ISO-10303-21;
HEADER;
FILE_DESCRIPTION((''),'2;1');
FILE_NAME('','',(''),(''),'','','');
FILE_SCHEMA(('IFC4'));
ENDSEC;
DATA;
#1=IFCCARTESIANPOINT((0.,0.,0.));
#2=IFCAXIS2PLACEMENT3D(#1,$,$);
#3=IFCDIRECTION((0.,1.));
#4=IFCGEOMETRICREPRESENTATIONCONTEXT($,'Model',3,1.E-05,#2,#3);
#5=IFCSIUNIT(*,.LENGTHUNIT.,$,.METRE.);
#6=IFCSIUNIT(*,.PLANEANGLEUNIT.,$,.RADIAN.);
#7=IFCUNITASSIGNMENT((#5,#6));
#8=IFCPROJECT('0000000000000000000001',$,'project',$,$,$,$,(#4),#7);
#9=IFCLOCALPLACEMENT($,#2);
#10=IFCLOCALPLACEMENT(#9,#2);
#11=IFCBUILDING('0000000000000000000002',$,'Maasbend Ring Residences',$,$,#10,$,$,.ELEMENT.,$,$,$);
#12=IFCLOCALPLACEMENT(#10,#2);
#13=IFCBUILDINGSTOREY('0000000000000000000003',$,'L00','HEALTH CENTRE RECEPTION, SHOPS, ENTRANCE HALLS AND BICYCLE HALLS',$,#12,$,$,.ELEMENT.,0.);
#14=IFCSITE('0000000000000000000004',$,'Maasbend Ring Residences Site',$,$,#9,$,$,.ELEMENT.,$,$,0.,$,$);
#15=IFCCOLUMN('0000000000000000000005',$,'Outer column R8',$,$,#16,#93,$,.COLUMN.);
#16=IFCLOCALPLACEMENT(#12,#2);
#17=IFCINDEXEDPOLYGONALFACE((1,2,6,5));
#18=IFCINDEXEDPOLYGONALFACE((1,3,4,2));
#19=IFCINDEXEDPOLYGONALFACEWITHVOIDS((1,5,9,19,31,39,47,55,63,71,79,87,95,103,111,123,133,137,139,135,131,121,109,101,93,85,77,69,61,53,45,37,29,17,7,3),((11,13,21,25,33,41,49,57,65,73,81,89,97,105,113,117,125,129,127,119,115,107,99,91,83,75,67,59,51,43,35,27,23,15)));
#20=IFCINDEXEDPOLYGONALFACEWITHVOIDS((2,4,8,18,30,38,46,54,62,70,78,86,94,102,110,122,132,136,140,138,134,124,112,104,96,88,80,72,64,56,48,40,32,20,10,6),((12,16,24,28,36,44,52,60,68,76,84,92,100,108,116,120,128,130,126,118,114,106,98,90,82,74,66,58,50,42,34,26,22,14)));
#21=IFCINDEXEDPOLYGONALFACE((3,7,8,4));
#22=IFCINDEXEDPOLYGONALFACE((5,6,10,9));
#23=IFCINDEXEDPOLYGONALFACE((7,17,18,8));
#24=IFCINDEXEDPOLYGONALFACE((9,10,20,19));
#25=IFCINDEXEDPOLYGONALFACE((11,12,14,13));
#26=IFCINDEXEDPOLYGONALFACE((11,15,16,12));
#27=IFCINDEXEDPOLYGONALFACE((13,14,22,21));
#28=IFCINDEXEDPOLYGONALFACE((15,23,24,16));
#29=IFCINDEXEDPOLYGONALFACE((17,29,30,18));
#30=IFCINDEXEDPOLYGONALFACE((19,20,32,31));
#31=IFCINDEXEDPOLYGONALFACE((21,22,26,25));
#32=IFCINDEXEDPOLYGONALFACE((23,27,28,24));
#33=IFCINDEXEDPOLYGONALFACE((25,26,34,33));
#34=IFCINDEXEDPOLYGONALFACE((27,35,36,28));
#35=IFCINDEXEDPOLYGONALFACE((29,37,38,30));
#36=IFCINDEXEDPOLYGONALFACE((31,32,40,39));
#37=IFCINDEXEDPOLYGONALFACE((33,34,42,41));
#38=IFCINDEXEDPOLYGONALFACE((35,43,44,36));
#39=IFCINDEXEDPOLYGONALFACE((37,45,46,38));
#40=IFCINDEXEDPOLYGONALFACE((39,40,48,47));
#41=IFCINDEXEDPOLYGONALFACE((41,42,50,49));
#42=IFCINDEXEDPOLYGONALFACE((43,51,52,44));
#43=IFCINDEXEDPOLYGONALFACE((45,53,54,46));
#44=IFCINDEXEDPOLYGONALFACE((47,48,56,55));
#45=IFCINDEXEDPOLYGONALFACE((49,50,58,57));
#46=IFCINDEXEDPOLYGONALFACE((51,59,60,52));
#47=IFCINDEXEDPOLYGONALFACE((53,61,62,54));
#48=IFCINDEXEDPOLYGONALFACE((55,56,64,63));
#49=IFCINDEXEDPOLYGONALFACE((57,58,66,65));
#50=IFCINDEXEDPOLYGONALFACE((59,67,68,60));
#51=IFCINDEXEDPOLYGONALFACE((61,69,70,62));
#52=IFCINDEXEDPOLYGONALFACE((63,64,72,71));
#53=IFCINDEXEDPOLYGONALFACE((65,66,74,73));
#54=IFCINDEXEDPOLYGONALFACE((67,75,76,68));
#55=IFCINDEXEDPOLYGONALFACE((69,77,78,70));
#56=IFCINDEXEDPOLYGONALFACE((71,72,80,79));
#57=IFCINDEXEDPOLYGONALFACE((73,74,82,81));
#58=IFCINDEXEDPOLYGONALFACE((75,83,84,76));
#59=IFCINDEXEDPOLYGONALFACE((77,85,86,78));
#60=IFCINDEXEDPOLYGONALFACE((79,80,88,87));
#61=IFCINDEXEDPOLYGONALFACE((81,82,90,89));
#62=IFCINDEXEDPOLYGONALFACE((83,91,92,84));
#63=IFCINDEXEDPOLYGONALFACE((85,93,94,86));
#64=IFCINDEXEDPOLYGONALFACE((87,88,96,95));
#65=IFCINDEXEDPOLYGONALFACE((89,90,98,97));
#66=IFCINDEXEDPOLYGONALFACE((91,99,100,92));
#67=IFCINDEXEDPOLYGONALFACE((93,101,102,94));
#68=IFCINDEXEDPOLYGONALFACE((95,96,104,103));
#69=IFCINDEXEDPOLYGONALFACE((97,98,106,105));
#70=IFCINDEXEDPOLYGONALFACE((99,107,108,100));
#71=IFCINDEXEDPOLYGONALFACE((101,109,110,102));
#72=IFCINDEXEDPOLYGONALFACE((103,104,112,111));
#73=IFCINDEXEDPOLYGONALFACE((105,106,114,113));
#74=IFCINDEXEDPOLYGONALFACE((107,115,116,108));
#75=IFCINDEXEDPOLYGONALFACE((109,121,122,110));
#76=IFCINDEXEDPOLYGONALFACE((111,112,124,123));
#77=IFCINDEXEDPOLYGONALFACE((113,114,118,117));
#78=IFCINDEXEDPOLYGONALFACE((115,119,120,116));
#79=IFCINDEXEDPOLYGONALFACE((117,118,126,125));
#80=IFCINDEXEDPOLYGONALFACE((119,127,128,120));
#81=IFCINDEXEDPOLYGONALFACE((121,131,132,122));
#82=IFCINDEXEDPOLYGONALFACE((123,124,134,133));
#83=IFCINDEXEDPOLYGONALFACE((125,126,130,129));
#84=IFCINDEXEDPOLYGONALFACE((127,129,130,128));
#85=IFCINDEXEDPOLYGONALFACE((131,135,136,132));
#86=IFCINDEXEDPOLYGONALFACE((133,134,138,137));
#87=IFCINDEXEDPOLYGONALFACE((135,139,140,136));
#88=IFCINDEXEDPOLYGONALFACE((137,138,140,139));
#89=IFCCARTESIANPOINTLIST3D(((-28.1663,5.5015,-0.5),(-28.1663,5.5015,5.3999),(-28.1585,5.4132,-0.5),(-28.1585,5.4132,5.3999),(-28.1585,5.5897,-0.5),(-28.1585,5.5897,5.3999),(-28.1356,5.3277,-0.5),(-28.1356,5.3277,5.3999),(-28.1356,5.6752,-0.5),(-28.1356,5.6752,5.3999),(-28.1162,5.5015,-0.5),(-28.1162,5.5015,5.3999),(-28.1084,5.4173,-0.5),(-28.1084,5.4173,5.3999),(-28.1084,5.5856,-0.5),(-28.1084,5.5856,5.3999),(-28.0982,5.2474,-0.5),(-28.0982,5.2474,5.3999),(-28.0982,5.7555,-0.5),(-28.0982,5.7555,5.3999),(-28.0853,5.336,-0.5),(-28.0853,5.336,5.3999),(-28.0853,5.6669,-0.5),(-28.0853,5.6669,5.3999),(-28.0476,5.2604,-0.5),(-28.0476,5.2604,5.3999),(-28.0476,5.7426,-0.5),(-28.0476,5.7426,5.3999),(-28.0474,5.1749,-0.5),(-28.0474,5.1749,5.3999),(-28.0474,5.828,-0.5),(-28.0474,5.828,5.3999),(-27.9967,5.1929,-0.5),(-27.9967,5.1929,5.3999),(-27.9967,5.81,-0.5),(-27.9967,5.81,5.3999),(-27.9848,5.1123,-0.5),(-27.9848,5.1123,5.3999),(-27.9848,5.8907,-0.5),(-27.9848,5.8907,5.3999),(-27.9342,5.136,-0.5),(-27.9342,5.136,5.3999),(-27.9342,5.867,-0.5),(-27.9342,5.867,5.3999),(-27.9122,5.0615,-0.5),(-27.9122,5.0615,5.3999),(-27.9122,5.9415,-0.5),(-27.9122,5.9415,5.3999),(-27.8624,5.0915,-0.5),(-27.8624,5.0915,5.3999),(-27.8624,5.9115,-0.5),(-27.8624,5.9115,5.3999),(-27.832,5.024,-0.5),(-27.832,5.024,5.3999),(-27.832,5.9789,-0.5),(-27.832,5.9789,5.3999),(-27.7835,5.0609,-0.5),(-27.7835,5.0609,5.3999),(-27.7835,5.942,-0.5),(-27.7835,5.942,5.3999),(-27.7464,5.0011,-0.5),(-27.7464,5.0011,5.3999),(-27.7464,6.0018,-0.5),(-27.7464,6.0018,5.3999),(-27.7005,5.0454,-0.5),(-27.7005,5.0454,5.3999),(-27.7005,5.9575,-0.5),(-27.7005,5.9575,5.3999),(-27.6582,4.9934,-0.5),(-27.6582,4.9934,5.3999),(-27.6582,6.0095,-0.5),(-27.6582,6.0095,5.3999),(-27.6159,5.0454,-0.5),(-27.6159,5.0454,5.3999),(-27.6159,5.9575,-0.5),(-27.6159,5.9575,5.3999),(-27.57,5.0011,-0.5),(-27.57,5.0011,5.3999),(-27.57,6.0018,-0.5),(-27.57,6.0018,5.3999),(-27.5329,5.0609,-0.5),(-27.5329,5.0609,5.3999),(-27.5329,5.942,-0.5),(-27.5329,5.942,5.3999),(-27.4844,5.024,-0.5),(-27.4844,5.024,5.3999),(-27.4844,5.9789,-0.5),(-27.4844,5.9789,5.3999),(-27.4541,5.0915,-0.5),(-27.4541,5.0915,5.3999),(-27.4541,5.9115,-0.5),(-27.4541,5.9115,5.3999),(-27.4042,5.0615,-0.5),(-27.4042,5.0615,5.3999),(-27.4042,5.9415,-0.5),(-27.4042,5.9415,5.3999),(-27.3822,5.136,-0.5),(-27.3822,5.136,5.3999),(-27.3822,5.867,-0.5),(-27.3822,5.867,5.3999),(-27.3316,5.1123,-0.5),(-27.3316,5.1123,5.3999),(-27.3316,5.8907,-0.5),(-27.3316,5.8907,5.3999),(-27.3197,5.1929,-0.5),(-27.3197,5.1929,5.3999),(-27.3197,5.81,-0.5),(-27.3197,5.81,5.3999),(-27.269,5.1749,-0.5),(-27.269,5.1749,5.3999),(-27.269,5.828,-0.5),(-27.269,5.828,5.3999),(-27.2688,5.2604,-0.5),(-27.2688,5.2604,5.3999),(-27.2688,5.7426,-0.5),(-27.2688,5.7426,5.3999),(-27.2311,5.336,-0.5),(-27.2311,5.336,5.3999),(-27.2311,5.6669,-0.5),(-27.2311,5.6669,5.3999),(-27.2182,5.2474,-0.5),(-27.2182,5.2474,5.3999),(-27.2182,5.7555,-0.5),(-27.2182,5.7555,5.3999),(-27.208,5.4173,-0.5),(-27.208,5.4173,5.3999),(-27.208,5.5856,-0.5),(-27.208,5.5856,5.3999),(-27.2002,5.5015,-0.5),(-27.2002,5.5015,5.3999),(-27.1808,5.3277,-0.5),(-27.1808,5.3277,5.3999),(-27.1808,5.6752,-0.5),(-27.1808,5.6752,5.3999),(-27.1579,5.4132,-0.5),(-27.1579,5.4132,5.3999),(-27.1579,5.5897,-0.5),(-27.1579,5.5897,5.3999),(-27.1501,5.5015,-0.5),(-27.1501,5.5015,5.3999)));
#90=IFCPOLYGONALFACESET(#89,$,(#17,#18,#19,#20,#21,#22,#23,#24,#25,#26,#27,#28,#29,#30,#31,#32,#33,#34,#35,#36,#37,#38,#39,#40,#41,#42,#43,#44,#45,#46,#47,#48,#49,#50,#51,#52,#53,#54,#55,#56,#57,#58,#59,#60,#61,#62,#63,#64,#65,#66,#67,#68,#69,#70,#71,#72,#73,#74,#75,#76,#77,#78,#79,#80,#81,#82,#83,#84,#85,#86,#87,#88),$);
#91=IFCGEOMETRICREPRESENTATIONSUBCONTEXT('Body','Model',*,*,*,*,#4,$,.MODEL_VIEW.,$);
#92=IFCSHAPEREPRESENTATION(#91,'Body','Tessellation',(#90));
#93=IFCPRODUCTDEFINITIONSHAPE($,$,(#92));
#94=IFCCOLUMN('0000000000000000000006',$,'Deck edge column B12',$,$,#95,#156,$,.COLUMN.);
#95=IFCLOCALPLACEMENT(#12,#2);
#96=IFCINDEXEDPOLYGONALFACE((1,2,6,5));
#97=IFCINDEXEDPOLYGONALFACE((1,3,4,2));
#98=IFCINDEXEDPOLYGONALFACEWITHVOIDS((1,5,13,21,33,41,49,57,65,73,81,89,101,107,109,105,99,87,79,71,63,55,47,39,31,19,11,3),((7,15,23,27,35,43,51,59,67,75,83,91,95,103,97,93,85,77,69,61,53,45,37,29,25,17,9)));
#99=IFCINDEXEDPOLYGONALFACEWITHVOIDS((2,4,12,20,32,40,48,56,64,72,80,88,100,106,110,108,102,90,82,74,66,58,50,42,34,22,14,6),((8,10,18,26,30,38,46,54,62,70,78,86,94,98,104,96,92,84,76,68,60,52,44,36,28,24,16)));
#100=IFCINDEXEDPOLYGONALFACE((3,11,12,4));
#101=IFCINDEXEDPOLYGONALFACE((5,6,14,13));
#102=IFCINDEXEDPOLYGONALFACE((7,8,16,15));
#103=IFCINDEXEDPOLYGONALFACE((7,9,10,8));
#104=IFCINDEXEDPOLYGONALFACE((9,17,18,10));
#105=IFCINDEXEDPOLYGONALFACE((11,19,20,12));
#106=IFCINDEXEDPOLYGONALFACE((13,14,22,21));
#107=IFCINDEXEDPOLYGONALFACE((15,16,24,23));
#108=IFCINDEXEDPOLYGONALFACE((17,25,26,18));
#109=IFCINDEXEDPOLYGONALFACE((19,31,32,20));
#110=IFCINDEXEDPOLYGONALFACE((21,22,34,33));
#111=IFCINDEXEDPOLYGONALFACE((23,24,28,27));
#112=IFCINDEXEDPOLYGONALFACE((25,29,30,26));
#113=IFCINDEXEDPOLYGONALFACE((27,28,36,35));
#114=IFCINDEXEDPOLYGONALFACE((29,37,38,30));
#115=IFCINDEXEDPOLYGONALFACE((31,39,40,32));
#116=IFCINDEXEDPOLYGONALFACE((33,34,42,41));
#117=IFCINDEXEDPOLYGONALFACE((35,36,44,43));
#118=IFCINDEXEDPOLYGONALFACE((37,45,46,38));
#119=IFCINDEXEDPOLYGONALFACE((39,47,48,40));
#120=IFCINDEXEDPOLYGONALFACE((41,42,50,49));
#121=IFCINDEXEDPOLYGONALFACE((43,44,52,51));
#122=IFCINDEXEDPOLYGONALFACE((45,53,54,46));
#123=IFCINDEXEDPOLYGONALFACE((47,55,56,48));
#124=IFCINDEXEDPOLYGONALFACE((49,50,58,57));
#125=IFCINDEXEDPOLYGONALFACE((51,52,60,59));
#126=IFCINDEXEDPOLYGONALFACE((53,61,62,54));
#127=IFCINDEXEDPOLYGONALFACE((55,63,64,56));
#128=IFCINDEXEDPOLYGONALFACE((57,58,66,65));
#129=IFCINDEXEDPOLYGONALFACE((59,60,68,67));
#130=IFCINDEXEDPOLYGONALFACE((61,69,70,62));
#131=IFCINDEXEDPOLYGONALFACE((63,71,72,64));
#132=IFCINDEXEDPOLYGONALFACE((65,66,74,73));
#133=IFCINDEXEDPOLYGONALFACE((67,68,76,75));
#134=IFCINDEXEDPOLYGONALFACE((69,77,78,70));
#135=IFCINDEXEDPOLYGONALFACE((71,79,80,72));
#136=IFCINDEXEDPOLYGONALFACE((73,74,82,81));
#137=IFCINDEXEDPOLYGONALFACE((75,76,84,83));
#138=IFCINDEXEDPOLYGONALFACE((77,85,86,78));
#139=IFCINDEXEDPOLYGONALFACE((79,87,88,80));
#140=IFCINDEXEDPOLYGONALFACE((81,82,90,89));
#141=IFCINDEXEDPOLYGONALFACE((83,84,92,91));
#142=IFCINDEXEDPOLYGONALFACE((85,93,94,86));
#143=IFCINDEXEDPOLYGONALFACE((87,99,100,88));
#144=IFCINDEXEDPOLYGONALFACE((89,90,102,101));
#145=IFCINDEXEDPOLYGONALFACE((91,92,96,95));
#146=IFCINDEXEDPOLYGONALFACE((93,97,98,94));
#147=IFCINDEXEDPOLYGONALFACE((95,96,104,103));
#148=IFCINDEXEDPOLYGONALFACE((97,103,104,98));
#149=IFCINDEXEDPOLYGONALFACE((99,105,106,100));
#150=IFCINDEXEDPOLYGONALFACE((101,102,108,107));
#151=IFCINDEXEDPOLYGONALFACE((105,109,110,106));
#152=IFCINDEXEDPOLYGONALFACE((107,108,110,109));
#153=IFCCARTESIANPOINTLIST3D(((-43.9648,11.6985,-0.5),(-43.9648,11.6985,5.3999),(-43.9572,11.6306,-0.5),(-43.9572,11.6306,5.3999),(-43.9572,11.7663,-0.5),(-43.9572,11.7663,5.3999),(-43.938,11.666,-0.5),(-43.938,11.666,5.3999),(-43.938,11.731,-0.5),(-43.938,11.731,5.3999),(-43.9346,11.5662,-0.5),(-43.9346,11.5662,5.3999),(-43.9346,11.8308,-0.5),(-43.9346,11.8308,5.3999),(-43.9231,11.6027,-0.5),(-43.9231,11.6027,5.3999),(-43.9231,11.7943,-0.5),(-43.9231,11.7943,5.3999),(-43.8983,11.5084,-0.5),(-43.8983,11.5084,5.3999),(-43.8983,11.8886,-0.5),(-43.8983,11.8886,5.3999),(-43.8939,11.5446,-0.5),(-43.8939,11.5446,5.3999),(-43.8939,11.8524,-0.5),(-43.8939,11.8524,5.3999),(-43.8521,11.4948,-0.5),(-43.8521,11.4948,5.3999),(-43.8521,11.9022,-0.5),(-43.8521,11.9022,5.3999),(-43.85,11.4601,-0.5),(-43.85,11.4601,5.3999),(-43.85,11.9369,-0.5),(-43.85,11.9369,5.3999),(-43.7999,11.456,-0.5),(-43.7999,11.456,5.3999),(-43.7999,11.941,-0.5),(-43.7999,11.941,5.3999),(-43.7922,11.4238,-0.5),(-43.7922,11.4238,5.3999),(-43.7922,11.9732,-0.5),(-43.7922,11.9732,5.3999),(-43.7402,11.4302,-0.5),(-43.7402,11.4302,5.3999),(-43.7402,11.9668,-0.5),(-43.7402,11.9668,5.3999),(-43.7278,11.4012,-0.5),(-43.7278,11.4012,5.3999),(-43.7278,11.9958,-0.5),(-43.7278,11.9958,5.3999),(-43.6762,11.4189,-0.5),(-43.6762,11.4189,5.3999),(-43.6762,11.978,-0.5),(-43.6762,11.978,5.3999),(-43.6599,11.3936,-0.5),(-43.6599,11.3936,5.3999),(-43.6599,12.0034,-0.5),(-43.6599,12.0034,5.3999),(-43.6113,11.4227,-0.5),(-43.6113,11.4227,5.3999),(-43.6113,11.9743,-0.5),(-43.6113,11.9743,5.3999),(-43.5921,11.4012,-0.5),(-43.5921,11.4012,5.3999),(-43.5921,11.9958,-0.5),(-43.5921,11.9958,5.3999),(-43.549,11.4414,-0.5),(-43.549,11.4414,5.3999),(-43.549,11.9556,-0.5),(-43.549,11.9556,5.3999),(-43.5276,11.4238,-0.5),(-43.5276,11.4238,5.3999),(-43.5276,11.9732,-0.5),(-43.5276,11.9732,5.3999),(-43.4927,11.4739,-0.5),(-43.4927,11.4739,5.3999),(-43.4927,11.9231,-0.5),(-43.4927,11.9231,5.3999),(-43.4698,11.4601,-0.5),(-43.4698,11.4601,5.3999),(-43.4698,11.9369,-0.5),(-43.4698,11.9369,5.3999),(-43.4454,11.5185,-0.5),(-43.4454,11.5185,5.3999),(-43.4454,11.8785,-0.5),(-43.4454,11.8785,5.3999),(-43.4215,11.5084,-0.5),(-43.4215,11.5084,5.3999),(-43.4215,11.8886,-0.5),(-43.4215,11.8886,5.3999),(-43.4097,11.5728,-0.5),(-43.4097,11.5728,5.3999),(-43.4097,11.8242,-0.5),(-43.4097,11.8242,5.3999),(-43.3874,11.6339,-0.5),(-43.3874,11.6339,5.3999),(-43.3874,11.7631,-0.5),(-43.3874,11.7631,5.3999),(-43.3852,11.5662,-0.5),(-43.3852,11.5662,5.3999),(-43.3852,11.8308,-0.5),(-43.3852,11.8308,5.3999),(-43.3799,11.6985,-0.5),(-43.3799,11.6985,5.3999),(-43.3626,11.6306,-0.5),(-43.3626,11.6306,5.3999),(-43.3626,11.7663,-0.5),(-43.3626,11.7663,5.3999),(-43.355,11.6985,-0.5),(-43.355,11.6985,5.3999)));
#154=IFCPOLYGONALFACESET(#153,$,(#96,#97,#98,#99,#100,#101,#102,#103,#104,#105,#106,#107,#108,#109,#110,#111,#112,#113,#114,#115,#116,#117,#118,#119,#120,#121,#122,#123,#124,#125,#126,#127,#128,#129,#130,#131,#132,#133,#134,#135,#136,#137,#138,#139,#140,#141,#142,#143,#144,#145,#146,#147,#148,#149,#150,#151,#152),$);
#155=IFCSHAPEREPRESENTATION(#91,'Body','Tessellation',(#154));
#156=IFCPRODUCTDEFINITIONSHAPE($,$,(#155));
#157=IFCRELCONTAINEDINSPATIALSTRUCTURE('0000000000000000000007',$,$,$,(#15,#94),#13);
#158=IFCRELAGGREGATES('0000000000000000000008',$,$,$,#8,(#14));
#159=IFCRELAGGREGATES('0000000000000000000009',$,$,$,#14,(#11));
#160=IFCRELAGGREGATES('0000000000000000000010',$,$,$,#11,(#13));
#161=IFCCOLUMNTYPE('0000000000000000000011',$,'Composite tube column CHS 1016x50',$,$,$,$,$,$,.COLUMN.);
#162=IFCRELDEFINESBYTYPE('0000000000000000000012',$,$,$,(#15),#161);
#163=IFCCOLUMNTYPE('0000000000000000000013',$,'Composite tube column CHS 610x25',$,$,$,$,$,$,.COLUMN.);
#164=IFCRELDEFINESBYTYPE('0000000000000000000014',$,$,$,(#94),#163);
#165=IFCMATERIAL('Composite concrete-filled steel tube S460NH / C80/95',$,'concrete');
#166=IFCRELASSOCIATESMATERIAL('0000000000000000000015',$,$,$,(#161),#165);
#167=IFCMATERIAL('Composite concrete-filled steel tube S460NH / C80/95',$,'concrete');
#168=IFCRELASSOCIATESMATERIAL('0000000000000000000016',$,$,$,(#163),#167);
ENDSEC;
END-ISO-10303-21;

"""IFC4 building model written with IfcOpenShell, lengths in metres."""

from ifc_helpers import new_model, si_unit, direction, frame, origin, origin_2d, place, context, subcontext, project, spatial, hollow_circle, extrude, material, material_profile, profile_set, type_object, element, save


model = new_model("IFC4")

# Units and contexts
model_context = context("Model", 3, precision=1e-05, world=origin(), true_north=direction((0.0, 1.0)))
body_context = subcontext(model_context, "Body", "Model", "MODEL_VIEW")
ifc_project = project(units=[si_unit("LENGTHUNIT", "METRE"), si_unit("PLANEANGLEUNIT", "RADIAN")], contexts=[model_context])

# Site, building, storey
site_placement = place(None, origin())
site = spatial("IfcSite", under=ifc_project, at=site_placement, Name="Maasbend Ring Residences Site", CompositionType="ELEMENT", RefElevation=0.0)
building_placement = place(site_placement, origin())
building = spatial("IfcBuilding", under=site, at=building_placement, Name="Maasbend Ring Residences", CompositionType="ELEMENT")
storey_placement = place(building_placement, origin())
storey = spatial("IfcBuildingStorey", under=building, at=storey_placement, Name="L00", Description="HEALTH CENTRE RECEPTION, SHOPS, ENTRANCE HALLS AND BICYCLE HALLS", CompositionType="ELEMENT", Elevation=0.0)

# Columns
ifc_material_1 = material(Name="Composite concrete-filled steel tube S460NH / C80/95", Category="concrete")
ifc_material_profile_1 = material_profile(ifc_material_1, hollow_circle(Radius=0.5081, WallThickness=0.05, at=origin_2d()), Name="Composite tube column CHS 1016x50")
ifc_profile_set_1 = profile_set([ifc_material_profile_1], Name="Composite concrete-filled steel tube S460NH / C80/95")
column_type_1 = type_object("IfcColumnType", Name="Composite tube column CHS 1016x50", PredefinedType="COLUMN", material=ifc_profile_set_1)
column_1_placement = place(storey_placement, frame((-27.6582, 5.5015, -0.5), z_axis=(0.0, 0.0, 1.0), x_axis=(1.0, 0.0, 0.0)))
element("IfcColumn", 1, at=column_1_placement, inside=storey, type_object=column_type_1, Name="Outer column R8", PredefinedType="COLUMN", context=body_context, shape_type="SweptSolid", body=[
    extrude(hollow_circle(Radius=0.5081, WallThickness=0.05, at=origin_2d()), origin(), (0.0, 0.0, 1.0), 5.8999),
])
ifc_material_2 = material(Name="Composite concrete-filled steel tube S460NH / C80/95", Category="concrete")
ifc_material_profile_2 = material_profile(ifc_material_2, hollow_circle(Radius=0.3049, WallThickness=0.0249, at=origin_2d()), Name="Composite tube column CHS 610x25")
ifc_profile_set_2 = profile_set([ifc_material_profile_2], Name="Composite concrete-filled steel tube S460NH / C80/95")
column_type_2 = type_object("IfcColumnType", Name="Composite tube column CHS 610x25", PredefinedType="COLUMN", material=ifc_profile_set_2)
column_2_placement = place(storey_placement, frame((-43.6599, 11.6985, -0.5), z_axis=(0.0, 0.0, 1.0), x_axis=(1.0, 0.0, 0.0)))
element("IfcColumn", 2, at=column_2_placement, inside=storey, type_object=column_type_2, Name="Deck edge column B12", PredefinedType="COLUMN", context=body_context, shape_type="SweptSolid", body=[
    extrude(hollow_circle(Radius=0.3049, WallThickness=0.0249, at=origin_2d()), origin(), (0.0, 0.0, 1.0), 5.8999),
])

save(model, "model.ifc")
